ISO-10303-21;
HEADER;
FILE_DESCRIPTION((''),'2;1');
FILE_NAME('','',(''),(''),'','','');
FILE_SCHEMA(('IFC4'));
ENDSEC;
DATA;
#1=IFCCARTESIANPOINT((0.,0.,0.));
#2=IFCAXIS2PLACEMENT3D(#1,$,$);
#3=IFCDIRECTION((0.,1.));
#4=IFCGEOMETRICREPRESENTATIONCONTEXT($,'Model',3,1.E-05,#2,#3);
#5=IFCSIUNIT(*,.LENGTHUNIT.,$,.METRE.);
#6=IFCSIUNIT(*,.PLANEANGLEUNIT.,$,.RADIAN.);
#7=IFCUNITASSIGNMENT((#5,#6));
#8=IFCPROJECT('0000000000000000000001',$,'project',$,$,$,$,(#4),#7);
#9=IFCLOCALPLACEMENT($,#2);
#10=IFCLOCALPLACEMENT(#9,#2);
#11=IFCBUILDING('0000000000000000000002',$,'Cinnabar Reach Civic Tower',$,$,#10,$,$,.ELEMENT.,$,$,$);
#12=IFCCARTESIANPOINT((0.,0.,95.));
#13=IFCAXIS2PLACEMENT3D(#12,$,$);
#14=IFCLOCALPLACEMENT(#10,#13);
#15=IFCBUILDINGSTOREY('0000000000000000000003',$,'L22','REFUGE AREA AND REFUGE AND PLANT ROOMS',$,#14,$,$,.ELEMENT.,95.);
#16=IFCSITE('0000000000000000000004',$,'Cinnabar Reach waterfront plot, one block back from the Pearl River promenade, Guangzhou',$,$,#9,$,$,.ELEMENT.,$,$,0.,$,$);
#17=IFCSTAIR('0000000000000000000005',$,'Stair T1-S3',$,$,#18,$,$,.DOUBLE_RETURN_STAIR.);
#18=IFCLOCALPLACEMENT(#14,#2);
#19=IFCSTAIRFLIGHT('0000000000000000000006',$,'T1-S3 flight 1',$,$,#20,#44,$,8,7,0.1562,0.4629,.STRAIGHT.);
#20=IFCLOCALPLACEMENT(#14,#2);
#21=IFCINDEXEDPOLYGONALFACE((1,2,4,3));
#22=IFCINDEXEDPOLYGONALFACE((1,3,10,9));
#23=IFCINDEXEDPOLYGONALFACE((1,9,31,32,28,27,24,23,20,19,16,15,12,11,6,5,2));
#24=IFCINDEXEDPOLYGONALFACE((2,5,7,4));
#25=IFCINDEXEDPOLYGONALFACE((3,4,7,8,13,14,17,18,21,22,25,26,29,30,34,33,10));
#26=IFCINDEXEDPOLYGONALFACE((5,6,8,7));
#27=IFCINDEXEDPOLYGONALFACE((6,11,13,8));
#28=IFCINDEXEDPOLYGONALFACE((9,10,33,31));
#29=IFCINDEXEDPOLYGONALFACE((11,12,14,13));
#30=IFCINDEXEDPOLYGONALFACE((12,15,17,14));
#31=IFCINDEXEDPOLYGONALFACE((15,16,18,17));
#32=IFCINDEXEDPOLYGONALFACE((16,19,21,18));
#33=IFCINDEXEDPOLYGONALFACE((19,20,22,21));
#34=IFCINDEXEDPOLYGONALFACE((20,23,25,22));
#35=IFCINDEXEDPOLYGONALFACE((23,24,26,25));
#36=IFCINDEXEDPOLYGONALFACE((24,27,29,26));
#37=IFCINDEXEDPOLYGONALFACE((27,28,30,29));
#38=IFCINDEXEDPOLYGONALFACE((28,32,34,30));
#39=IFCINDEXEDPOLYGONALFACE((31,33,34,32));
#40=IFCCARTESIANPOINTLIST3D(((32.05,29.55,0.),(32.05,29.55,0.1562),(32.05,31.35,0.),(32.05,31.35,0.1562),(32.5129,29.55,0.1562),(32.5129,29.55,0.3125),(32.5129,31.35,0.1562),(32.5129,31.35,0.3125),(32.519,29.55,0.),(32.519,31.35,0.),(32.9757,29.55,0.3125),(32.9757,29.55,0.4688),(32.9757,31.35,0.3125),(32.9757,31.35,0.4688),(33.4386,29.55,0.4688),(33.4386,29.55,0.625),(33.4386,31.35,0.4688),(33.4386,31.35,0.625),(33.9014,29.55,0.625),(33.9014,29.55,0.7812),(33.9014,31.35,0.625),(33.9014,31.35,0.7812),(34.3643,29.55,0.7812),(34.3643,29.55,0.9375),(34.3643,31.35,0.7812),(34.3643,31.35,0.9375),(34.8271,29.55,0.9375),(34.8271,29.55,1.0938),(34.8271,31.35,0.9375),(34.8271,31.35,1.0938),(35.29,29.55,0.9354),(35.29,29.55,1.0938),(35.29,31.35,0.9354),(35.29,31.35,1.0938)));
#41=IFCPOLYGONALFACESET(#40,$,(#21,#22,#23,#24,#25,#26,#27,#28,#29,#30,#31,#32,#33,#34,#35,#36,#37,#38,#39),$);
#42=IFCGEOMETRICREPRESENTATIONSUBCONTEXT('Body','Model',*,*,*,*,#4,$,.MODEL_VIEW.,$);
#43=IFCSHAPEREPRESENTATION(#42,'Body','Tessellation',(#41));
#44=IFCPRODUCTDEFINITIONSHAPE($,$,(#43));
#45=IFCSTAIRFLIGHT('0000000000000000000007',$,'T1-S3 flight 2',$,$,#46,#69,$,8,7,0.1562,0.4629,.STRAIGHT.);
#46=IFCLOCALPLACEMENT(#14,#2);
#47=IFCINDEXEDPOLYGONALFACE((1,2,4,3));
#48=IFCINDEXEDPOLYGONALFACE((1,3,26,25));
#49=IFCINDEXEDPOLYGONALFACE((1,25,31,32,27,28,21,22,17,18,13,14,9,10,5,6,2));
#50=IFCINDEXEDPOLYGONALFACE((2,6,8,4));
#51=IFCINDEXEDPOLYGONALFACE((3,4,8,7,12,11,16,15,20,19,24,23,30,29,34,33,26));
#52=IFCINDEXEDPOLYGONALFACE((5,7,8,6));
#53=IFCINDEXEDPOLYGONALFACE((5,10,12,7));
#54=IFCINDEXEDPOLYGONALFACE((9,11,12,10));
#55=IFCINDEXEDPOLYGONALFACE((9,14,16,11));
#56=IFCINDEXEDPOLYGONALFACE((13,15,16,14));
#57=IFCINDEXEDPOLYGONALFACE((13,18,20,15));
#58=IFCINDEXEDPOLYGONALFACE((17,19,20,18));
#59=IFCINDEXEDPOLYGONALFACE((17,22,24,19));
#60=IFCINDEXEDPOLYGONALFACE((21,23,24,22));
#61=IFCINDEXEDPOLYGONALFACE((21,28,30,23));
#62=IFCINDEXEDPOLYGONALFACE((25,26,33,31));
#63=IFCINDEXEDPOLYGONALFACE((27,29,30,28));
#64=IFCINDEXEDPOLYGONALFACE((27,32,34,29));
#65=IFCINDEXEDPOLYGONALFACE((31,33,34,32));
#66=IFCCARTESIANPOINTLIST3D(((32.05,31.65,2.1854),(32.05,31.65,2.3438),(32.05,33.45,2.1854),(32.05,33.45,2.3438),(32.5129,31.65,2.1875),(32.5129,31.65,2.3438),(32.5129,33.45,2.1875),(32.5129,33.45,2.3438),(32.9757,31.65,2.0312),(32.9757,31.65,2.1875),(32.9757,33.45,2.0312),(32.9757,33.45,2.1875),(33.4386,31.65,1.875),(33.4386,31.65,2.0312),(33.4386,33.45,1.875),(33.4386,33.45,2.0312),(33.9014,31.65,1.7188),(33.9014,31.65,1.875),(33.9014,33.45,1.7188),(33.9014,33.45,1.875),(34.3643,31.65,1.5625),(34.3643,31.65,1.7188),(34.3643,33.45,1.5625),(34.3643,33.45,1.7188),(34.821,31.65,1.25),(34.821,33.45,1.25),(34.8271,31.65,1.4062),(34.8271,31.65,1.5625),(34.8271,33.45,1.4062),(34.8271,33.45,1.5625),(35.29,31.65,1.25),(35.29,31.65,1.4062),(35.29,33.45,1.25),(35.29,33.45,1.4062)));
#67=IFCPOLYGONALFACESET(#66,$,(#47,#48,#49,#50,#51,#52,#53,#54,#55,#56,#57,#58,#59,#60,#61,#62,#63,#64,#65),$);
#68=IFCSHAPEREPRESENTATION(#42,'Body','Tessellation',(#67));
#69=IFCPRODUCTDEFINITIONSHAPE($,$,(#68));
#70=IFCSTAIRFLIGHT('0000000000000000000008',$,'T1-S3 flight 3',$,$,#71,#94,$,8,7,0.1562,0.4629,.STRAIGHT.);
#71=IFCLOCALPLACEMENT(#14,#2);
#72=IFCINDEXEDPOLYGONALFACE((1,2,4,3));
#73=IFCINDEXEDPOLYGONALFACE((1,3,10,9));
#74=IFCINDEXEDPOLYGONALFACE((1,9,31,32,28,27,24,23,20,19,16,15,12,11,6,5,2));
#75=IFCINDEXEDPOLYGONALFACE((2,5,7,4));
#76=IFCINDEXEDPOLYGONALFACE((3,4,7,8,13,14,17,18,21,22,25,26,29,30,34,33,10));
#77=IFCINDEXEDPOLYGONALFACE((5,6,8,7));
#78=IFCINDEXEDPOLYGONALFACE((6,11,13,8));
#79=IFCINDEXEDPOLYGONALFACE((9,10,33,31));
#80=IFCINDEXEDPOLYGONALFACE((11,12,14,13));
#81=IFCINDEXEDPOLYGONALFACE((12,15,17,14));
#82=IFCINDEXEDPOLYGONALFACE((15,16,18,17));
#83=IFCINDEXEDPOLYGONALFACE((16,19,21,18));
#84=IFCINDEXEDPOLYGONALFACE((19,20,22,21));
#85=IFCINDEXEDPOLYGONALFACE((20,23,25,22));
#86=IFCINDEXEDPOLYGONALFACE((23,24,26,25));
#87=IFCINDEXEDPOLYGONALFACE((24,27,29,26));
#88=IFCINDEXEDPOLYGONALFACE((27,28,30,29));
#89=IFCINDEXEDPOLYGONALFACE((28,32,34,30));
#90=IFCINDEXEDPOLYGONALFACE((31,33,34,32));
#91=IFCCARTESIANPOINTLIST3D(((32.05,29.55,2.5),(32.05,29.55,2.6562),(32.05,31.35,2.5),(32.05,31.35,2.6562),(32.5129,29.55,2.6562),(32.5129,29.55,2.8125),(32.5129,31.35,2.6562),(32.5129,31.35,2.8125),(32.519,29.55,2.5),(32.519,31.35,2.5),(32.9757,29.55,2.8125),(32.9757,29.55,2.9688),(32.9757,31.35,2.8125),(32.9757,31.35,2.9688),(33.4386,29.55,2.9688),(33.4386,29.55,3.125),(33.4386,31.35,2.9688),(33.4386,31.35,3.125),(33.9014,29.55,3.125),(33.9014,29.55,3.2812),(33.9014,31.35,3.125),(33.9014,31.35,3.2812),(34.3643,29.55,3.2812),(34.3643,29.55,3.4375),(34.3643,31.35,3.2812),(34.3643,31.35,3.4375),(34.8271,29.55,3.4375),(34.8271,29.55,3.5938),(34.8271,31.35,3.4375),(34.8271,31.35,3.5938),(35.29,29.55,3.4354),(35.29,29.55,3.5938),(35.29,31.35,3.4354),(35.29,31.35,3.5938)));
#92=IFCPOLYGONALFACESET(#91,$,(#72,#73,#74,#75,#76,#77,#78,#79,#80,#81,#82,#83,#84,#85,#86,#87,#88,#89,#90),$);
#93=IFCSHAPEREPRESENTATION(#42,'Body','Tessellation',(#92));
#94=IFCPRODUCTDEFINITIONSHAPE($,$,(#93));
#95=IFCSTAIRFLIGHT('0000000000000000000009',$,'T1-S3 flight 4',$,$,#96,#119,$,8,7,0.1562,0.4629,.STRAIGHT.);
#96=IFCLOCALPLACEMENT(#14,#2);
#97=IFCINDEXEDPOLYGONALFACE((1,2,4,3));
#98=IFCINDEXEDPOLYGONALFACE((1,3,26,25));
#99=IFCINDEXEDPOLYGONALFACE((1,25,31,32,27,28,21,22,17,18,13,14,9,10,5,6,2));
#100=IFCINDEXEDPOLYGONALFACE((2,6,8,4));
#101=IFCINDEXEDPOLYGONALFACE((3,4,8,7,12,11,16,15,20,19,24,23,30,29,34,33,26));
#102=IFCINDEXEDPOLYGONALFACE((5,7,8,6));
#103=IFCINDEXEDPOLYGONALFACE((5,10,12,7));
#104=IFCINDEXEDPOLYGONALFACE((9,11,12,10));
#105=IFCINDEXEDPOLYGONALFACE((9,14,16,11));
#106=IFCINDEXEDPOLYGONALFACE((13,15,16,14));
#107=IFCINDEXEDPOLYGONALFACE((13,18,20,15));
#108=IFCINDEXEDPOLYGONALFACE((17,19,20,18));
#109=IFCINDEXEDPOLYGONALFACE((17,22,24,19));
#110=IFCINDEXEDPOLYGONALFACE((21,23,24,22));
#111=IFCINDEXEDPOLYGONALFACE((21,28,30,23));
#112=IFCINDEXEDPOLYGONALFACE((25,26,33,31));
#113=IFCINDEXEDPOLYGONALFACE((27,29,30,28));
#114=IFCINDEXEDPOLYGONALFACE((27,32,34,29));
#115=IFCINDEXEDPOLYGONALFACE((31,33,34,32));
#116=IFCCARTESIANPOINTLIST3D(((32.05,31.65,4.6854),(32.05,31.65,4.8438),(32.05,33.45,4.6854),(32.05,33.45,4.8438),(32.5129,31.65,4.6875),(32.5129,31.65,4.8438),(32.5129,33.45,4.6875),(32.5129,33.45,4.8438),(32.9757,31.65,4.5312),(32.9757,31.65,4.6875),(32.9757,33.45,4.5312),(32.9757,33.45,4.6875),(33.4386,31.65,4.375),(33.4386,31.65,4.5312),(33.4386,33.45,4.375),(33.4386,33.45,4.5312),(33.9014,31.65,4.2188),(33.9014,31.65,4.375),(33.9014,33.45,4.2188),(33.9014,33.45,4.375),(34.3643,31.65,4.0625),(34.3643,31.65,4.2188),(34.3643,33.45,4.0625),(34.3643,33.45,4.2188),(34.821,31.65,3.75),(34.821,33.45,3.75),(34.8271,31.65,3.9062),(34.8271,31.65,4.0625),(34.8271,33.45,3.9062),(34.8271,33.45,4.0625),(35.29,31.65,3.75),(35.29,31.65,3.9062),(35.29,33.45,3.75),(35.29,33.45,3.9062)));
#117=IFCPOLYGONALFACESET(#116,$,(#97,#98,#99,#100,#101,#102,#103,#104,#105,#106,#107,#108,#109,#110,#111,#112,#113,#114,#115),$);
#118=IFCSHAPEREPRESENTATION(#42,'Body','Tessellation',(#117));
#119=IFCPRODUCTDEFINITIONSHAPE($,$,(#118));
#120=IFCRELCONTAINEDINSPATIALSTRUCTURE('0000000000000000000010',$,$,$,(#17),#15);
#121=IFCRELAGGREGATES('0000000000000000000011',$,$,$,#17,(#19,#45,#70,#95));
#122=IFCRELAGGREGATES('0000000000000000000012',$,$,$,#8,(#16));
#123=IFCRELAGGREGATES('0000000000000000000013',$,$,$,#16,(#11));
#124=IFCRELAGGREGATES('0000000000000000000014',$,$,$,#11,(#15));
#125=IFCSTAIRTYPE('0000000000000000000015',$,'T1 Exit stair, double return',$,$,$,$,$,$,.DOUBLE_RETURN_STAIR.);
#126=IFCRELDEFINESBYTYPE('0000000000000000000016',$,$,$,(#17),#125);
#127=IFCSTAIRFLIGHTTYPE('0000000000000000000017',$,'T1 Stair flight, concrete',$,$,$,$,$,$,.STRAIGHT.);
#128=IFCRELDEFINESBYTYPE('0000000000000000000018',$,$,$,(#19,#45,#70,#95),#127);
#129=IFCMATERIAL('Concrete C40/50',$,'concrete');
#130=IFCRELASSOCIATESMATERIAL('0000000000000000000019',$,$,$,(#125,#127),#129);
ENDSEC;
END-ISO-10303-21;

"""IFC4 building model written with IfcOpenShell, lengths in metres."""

from ifc_helpers import new_model, si_unit, direction, frame, origin, place, context, subcontext, project, spatial, polyline, outline, extrude, material, type_object, element, aggregate, save


model = new_model("IFC4")

# Units and contexts
model_context = context("Model", 3, precision=1e-05, world=origin(), true_north=direction((0.0, 1.0)))
body_context = subcontext(model_context, "Body", "Model", "MODEL_VIEW")
ifc_project = project(units=[si_unit("LENGTHUNIT", "METRE"), si_unit("PLANEANGLEUNIT", "RADIAN")], contexts=[model_context])

# Site, building, storey
site_placement = place(None, origin())
site = spatial("IfcSite", under=ifc_project, at=site_placement, Name="Cinnabar Reach waterfront plot, one block back from the Pearl River promenade, Guangzhou", CompositionType="ELEMENT", RefElevation=0.0)
building_placement = place(site_placement, origin())
building = spatial("IfcBuilding", under=site, at=building_placement, Name="Cinnabar Reach Civic Tower", CompositionType="ELEMENT")
storey_placement = place(building_placement, frame((0.0, 0.0, 95.0)))
storey = spatial("IfcBuildingStorey", under=building, at=storey_placement, Name="L22", Description="REFUGE AREA AND REFUGE AND PLANT ROOMS", CompositionType="ELEMENT", Elevation=95.0)

# Stair, stair flights
ifc_material_1 = material(Name="Concrete C40/50", Category="concrete")
stair_type = type_object("IfcStairType", Name="T1 Exit stair, double return", PredefinedType="DOUBLE_RETURN_STAIR", material=ifc_material_1)
stair_placement = place(storey_placement, origin())
stair = element("IfcStair", 1, at=stair_placement, inside=storey, type_object=stair_type, Name="Stair T1-S3", PredefinedType="DOUBLE_RETURN_STAIR")
stair_flight_type = type_object("IfcStairFlightType", Name="T1 Stair flight, concrete", PredefinedType="STRAIGHT", material=ifc_material_1)
stair_flight_1_placement = place(storey_placement, frame((32.05, 30.45, 0.0), z_axis=(0.0, 0.0, 1.0), x_axis=(1.0, 0.0, 0.0)))
stair_flight_1 = element("IfcStairFlight", 2, at=stair_flight_1_placement, type_object=stair_flight_type, Name="T1-S3 flight 1", NumberOfRisers=8, NumberOfTreads=7, PredefinedType="STRAIGHT", RiserHeight=0.1562, TreadLength=0.4629, context=body_context, shape_type="SweptSolid", body=[
    extrude(outline(polyline([(0.0, 0.0), (0.0, 0.1562), (0.4629, 0.1562), (0.4629, 0.3125), (0.9257, 0.3125), (0.9257, 0.4688), (1.3886, 0.4688), (1.3886, 0.625), (1.8514, 0.625), (1.8514, 0.7812), (2.3143, 0.7812), (2.3143, 0.9375), (2.7771, 0.9375), (2.7771, 1.0938), (3.24, 1.0938), (3.24, 1.25), (3.24, 0.9354), (0.469, 0.0), (0.0, 0.0)])), frame((0.0, 0.9, 0.0), z_axis=(0.0, -1.0, 0.0), x_axis=(1.0, 0.0, 0.0)), (0.0, 0.0, 1.0), 1.8),
])
stair_flight_2_placement = place(storey_placement, frame((35.29, 32.55, 1.25), z_axis=(0.0, 0.0, 1.0), x_axis=(-1.0, 0.0, 0.0)))
stair_flight_2 = element("IfcStairFlight", 3, at=stair_flight_2_placement, type_object=stair_flight_type, Name="T1-S3 flight 2", NumberOfRisers=8, NumberOfTreads=7, PredefinedType="STRAIGHT", RiserHeight=0.1562, TreadLength=0.4629, context=body_context, shape_type="SweptSolid", body=[
    extrude(outline(polyline([(0.0, 0.0), (0.0, 0.1562), (0.4629, 0.1562), (0.4629, 0.3125), (0.9257, 0.3125), (0.9257, 0.4688), (1.3886, 0.4688), (1.3886, 0.625), (1.8514, 0.625), (1.8514, 0.7812), (2.3143, 0.7812), (2.3143, 0.9375), (2.7771, 0.9375), (2.7771, 1.0938), (3.24, 1.0938), (3.24, 1.25), (3.24, 0.9354), (0.469, 0.0), (0.0, 0.0)])), frame((0.0, 0.9, 0.0), z_axis=(0.0, -1.0, 0.0), x_axis=(1.0, 0.0, 0.0)), (0.0, 0.0, 1.0), 1.8),
])
stair_flight_3_placement = place(storey_placement, frame((32.05, 30.45, 2.5), z_axis=(0.0, 0.0, 1.0), x_axis=(1.0, 0.0, 0.0)))
stair_flight_3 = element("IfcStairFlight", 4, at=stair_flight_3_placement, type_object=stair_flight_type, Name="T1-S3 flight 3", NumberOfRisers=8, NumberOfTreads=7, PredefinedType="STRAIGHT", RiserHeight=0.1562, TreadLength=0.4629, context=body_context, shape_type="SweptSolid", body=[
    extrude(outline(polyline([(0.0, 0.0), (0.0, 0.1562), (0.4629, 0.1562), (0.4629, 0.3125), (0.9257, 0.3125), (0.9257, 0.4688), (1.3886, 0.4688), (1.3886, 0.625), (1.8514, 0.625), (1.8514, 0.7812), (2.3143, 0.7812), (2.3143, 0.9375), (2.7771, 0.9375), (2.7771, 1.0938), (3.24, 1.0938), (3.24, 1.25), (3.24, 0.9354), (0.469, 0.0), (0.0, 0.0)])), frame((0.0, 0.9, 0.0), z_axis=(0.0, -1.0, 0.0), x_axis=(1.0, 0.0, 0.0)), (0.0, 0.0, 1.0), 1.8),
])
stair_flight_4_placement = place(storey_placement, frame((35.29, 32.55, 3.75), z_axis=(0.0, 0.0, 1.0), x_axis=(-1.0, 0.0, 0.0)))
stair_flight_4 = element("IfcStairFlight", 5, at=stair_flight_4_placement, type_object=stair_flight_type, Name="T1-S3 flight 4", NumberOfRisers=8, NumberOfTreads=7, PredefinedType="STRAIGHT", RiserHeight=0.1562, TreadLength=0.4629, context=body_context, shape_type="SweptSolid", body=[
    extrude(outline(polyline([(0.0, 0.0), (0.0, 0.1562), (0.4629, 0.1562), (0.4629, 0.3125), (0.9257, 0.3125), (0.9257, 0.4688), (1.3886, 0.4688), (1.3886, 0.625), (1.8514, 0.625), (1.8514, 0.7812), (2.3143, 0.7812), (2.3143, 0.9375), (2.7771, 0.9375), (2.7771, 1.0938), (3.24, 1.0938), (3.24, 1.25), (3.24, 0.9354), (0.469, 0.0), (0.0, 0.0)])), frame((0.0, 0.9, 0.0), z_axis=(0.0, -1.0, 0.0), x_axis=(1.0, 0.0, 0.0)), (0.0, 0.0, 1.0), 1.8),
])
aggregate(stair, [stair_flight_1, stair_flight_2, stair_flight_3, stair_flight_4])

save(model, "model.ifc")
